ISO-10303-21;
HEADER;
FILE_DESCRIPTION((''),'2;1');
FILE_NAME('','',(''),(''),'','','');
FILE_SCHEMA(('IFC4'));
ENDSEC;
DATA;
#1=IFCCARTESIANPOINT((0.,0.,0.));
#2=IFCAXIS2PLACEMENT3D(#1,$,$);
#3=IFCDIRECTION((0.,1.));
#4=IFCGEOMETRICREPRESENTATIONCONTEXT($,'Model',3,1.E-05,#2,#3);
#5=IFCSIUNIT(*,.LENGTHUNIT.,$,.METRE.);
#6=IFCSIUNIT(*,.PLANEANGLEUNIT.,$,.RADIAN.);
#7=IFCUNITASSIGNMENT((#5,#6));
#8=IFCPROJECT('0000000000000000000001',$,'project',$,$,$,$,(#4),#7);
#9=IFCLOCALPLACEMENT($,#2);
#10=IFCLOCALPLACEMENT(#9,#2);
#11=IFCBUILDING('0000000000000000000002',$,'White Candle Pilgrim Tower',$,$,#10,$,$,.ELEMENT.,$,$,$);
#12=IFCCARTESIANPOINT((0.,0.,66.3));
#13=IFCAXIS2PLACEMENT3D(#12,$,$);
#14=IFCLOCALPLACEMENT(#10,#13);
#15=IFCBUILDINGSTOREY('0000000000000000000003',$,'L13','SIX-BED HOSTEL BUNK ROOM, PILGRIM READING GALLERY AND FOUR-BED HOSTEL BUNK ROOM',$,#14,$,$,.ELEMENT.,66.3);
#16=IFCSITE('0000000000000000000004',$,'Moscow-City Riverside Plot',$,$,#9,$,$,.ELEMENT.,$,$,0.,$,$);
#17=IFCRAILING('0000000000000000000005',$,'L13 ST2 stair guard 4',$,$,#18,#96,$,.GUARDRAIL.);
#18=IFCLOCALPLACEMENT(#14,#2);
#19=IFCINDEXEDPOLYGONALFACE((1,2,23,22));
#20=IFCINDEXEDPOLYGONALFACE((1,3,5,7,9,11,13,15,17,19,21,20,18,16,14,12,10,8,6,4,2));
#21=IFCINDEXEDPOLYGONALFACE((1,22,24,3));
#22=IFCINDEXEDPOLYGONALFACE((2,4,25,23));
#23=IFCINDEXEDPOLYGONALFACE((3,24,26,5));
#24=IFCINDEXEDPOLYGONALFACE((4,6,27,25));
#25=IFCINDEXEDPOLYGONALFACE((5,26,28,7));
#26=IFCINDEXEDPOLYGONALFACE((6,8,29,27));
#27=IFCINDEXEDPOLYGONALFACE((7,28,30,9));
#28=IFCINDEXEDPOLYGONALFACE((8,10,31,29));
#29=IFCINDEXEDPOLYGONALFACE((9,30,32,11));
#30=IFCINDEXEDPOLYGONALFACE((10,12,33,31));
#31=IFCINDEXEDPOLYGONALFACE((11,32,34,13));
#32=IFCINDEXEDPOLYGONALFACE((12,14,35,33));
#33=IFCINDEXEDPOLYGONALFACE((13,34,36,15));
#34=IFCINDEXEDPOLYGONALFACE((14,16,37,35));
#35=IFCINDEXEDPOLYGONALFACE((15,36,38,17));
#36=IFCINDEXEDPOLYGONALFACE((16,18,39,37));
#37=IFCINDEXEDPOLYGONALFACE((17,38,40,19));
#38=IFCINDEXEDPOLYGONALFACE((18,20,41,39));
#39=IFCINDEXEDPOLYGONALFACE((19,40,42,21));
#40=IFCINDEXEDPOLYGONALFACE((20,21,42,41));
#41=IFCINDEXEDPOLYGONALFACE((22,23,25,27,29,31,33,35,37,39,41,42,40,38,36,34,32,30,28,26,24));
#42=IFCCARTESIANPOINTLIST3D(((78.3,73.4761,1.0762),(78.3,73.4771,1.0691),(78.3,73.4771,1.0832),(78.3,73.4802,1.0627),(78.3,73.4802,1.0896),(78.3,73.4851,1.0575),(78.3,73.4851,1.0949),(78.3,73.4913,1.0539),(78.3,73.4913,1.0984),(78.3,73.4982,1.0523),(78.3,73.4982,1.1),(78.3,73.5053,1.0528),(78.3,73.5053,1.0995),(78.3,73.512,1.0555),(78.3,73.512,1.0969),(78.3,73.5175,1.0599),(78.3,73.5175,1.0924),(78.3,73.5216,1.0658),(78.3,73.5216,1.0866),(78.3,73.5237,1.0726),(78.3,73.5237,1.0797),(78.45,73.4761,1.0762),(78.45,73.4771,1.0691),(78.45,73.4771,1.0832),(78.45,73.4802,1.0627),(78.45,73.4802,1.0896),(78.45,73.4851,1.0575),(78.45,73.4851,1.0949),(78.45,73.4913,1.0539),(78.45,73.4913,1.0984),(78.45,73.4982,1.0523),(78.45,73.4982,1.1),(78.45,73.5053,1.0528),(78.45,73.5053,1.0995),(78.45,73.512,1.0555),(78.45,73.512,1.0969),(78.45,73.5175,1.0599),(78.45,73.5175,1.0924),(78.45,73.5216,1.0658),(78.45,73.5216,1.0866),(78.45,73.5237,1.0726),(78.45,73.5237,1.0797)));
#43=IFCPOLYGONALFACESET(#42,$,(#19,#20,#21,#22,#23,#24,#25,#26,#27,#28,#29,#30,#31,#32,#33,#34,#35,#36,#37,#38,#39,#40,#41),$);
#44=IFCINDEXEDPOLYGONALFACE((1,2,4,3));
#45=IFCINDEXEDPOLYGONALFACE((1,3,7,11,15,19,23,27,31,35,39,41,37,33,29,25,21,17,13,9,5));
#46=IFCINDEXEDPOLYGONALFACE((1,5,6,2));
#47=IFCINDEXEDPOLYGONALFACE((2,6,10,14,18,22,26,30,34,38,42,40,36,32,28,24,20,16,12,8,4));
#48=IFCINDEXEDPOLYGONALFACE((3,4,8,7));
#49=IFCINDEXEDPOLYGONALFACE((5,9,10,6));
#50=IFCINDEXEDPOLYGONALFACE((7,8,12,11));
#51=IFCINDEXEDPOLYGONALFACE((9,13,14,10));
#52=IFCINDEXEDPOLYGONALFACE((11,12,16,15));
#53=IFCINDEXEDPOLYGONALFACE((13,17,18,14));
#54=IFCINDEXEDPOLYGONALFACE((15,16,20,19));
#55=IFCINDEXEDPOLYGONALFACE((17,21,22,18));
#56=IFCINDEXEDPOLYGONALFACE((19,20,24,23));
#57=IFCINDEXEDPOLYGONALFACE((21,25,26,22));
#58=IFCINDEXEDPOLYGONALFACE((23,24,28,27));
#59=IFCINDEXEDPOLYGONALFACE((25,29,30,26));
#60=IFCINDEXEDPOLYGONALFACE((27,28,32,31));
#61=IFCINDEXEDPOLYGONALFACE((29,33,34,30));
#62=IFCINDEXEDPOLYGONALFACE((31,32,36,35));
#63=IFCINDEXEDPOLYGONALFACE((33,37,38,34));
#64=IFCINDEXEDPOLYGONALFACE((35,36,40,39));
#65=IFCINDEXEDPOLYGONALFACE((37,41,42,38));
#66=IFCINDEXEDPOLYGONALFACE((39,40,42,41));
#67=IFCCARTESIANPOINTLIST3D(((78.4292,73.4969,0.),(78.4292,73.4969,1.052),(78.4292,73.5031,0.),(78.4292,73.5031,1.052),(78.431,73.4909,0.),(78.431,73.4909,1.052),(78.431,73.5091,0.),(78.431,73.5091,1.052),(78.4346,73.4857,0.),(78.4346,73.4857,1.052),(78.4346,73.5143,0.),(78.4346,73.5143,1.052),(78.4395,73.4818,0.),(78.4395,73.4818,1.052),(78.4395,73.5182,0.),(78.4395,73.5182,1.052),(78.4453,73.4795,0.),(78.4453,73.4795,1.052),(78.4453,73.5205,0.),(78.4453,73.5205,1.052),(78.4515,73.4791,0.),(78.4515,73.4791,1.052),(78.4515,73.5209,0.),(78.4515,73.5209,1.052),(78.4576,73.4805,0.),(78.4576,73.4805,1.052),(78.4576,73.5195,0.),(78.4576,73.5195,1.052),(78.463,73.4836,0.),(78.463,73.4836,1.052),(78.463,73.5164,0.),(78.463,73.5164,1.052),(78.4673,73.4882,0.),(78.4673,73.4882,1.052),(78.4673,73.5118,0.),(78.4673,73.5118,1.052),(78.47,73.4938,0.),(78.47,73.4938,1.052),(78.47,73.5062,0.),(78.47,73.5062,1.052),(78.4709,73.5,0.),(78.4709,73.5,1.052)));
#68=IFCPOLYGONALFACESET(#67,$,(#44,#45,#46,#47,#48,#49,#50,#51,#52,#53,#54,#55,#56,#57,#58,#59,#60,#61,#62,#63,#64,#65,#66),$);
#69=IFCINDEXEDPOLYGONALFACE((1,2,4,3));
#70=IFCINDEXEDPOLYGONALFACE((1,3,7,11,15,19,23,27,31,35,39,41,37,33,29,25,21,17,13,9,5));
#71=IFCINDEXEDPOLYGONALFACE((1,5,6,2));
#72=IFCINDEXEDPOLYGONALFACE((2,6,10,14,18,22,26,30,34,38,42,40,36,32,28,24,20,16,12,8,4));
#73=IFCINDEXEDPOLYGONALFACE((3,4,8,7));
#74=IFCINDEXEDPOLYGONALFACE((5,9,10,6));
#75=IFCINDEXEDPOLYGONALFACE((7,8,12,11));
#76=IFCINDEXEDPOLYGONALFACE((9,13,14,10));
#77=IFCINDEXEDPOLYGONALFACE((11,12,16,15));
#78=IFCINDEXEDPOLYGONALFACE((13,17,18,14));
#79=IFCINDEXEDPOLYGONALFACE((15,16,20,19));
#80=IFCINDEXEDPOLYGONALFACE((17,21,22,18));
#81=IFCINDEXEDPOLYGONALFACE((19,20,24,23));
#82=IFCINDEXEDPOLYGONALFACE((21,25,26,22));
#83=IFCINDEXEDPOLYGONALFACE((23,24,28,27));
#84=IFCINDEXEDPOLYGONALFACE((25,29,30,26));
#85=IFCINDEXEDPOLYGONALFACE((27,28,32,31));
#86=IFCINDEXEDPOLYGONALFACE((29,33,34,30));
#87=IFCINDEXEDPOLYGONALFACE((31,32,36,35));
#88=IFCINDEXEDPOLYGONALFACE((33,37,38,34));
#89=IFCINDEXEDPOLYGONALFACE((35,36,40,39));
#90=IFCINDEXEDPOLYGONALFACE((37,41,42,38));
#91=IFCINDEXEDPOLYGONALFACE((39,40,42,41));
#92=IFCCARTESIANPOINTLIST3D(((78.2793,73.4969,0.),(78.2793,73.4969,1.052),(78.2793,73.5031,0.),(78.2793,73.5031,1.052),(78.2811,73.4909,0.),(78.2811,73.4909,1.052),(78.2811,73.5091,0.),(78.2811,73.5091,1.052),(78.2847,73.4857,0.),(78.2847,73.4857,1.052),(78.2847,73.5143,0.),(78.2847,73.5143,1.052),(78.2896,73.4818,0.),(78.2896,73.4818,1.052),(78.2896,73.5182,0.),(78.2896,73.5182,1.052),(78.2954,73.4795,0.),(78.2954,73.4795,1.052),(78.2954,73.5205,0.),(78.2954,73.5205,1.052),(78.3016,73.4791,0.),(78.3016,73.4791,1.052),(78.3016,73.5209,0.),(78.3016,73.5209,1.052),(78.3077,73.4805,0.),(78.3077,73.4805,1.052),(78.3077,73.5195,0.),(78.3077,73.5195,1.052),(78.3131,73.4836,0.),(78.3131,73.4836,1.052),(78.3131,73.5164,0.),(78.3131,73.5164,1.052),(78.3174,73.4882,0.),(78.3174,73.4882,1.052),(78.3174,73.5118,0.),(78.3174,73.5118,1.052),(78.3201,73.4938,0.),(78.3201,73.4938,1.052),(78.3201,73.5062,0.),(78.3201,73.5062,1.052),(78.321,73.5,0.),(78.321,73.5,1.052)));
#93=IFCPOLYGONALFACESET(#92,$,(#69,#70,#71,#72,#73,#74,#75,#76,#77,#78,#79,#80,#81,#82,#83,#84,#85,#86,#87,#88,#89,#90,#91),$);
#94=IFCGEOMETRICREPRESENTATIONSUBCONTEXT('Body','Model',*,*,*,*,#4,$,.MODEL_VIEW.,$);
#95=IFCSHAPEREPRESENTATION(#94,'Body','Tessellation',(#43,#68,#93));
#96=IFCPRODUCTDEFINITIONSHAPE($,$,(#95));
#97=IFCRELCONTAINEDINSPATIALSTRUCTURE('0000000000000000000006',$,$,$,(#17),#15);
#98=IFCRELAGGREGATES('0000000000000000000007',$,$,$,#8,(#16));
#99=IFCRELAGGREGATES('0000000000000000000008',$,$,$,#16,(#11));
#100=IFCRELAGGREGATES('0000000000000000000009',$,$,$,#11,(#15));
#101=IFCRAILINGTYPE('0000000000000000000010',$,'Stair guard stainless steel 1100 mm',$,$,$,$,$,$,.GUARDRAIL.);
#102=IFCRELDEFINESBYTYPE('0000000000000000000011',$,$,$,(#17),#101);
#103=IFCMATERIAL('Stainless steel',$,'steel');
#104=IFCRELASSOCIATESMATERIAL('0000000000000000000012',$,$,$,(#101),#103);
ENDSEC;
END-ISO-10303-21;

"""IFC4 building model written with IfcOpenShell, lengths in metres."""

from ifc_helpers import new_model, si_unit, direction, frame, origin, origin_2d, place, context, subcontext, project, spatial, circle, extrude, material, type_object, element, save


model = new_model("IFC4")

# Units and contexts
model_context = context("Model", 3, precision=1e-05, world=origin(), true_north=direction((0.0, 1.0)))
body_context = subcontext(model_context, "Body", "Model", "MODEL_VIEW")
ifc_project = project(units=[si_unit("LENGTHUNIT", "METRE"), si_unit("PLANEANGLEUNIT", "RADIAN")], contexts=[model_context])

# Site, building, storey
site_placement = place(None, origin())
site = spatial("IfcSite", under=ifc_project, at=site_placement, Name="Moscow-City Riverside Plot", CompositionType="ELEMENT", RefElevation=0.0)
building_placement = place(site_placement, origin())
building = spatial("IfcBuilding", under=site, at=building_placement, Name="White Candle Pilgrim Tower", CompositionType="ELEMENT")
storey_placement = place(building_placement, frame((0.0, 0.0, 66.3)))
storey = spatial("IfcBuildingStorey", under=building, at=storey_placement, Name="L13", Description="SIX-BED HOSTEL BUNK ROOM, PILGRIM READING GALLERY AND FOUR-BED HOSTEL BUNK ROOM", CompositionType="ELEMENT", Elevation=66.3)

# Railing
ifc_material_1 = material(Name="Stainless steel", Category="steel")
railing_type_1 = type_object("IfcRailingType", Name="Stair guard stainless steel 1100 mm", PredefinedType="GUARDRAIL", material=ifc_material_1)
railing_1_placement = place(storey_placement, frame((78.45, 73.5, 0.0)))
element("IfcRailing", 1, at=railing_1_placement, inside=storey, type_object=railing_type_1, Name="L13 ST2 stair guard 4", PredefinedType="GUARDRAIL", context=body_context, shape_type="SweptSolid", body=[
    extrude(circle(Radius=0.0239, at=origin_2d()), frame((0.0, 0.0, 1.0762), z_axis=(-1.0, 0.0, 0.0), x_axis=(0.0, -1.0, 0.0)), (0.0, 0.0, 1.0), 0.1499),
    extrude(circle(Radius=0.021, at=origin_2d()), origin(), (0.0, 0.0, 1.0), 1.052),
    extrude(circle(Radius=0.021, at=origin_2d()), frame((-0.1499, 0.0, 0.0)), (0.0, 0.0, 1.0), 1.052),
])

save(model, "model.ifc")
